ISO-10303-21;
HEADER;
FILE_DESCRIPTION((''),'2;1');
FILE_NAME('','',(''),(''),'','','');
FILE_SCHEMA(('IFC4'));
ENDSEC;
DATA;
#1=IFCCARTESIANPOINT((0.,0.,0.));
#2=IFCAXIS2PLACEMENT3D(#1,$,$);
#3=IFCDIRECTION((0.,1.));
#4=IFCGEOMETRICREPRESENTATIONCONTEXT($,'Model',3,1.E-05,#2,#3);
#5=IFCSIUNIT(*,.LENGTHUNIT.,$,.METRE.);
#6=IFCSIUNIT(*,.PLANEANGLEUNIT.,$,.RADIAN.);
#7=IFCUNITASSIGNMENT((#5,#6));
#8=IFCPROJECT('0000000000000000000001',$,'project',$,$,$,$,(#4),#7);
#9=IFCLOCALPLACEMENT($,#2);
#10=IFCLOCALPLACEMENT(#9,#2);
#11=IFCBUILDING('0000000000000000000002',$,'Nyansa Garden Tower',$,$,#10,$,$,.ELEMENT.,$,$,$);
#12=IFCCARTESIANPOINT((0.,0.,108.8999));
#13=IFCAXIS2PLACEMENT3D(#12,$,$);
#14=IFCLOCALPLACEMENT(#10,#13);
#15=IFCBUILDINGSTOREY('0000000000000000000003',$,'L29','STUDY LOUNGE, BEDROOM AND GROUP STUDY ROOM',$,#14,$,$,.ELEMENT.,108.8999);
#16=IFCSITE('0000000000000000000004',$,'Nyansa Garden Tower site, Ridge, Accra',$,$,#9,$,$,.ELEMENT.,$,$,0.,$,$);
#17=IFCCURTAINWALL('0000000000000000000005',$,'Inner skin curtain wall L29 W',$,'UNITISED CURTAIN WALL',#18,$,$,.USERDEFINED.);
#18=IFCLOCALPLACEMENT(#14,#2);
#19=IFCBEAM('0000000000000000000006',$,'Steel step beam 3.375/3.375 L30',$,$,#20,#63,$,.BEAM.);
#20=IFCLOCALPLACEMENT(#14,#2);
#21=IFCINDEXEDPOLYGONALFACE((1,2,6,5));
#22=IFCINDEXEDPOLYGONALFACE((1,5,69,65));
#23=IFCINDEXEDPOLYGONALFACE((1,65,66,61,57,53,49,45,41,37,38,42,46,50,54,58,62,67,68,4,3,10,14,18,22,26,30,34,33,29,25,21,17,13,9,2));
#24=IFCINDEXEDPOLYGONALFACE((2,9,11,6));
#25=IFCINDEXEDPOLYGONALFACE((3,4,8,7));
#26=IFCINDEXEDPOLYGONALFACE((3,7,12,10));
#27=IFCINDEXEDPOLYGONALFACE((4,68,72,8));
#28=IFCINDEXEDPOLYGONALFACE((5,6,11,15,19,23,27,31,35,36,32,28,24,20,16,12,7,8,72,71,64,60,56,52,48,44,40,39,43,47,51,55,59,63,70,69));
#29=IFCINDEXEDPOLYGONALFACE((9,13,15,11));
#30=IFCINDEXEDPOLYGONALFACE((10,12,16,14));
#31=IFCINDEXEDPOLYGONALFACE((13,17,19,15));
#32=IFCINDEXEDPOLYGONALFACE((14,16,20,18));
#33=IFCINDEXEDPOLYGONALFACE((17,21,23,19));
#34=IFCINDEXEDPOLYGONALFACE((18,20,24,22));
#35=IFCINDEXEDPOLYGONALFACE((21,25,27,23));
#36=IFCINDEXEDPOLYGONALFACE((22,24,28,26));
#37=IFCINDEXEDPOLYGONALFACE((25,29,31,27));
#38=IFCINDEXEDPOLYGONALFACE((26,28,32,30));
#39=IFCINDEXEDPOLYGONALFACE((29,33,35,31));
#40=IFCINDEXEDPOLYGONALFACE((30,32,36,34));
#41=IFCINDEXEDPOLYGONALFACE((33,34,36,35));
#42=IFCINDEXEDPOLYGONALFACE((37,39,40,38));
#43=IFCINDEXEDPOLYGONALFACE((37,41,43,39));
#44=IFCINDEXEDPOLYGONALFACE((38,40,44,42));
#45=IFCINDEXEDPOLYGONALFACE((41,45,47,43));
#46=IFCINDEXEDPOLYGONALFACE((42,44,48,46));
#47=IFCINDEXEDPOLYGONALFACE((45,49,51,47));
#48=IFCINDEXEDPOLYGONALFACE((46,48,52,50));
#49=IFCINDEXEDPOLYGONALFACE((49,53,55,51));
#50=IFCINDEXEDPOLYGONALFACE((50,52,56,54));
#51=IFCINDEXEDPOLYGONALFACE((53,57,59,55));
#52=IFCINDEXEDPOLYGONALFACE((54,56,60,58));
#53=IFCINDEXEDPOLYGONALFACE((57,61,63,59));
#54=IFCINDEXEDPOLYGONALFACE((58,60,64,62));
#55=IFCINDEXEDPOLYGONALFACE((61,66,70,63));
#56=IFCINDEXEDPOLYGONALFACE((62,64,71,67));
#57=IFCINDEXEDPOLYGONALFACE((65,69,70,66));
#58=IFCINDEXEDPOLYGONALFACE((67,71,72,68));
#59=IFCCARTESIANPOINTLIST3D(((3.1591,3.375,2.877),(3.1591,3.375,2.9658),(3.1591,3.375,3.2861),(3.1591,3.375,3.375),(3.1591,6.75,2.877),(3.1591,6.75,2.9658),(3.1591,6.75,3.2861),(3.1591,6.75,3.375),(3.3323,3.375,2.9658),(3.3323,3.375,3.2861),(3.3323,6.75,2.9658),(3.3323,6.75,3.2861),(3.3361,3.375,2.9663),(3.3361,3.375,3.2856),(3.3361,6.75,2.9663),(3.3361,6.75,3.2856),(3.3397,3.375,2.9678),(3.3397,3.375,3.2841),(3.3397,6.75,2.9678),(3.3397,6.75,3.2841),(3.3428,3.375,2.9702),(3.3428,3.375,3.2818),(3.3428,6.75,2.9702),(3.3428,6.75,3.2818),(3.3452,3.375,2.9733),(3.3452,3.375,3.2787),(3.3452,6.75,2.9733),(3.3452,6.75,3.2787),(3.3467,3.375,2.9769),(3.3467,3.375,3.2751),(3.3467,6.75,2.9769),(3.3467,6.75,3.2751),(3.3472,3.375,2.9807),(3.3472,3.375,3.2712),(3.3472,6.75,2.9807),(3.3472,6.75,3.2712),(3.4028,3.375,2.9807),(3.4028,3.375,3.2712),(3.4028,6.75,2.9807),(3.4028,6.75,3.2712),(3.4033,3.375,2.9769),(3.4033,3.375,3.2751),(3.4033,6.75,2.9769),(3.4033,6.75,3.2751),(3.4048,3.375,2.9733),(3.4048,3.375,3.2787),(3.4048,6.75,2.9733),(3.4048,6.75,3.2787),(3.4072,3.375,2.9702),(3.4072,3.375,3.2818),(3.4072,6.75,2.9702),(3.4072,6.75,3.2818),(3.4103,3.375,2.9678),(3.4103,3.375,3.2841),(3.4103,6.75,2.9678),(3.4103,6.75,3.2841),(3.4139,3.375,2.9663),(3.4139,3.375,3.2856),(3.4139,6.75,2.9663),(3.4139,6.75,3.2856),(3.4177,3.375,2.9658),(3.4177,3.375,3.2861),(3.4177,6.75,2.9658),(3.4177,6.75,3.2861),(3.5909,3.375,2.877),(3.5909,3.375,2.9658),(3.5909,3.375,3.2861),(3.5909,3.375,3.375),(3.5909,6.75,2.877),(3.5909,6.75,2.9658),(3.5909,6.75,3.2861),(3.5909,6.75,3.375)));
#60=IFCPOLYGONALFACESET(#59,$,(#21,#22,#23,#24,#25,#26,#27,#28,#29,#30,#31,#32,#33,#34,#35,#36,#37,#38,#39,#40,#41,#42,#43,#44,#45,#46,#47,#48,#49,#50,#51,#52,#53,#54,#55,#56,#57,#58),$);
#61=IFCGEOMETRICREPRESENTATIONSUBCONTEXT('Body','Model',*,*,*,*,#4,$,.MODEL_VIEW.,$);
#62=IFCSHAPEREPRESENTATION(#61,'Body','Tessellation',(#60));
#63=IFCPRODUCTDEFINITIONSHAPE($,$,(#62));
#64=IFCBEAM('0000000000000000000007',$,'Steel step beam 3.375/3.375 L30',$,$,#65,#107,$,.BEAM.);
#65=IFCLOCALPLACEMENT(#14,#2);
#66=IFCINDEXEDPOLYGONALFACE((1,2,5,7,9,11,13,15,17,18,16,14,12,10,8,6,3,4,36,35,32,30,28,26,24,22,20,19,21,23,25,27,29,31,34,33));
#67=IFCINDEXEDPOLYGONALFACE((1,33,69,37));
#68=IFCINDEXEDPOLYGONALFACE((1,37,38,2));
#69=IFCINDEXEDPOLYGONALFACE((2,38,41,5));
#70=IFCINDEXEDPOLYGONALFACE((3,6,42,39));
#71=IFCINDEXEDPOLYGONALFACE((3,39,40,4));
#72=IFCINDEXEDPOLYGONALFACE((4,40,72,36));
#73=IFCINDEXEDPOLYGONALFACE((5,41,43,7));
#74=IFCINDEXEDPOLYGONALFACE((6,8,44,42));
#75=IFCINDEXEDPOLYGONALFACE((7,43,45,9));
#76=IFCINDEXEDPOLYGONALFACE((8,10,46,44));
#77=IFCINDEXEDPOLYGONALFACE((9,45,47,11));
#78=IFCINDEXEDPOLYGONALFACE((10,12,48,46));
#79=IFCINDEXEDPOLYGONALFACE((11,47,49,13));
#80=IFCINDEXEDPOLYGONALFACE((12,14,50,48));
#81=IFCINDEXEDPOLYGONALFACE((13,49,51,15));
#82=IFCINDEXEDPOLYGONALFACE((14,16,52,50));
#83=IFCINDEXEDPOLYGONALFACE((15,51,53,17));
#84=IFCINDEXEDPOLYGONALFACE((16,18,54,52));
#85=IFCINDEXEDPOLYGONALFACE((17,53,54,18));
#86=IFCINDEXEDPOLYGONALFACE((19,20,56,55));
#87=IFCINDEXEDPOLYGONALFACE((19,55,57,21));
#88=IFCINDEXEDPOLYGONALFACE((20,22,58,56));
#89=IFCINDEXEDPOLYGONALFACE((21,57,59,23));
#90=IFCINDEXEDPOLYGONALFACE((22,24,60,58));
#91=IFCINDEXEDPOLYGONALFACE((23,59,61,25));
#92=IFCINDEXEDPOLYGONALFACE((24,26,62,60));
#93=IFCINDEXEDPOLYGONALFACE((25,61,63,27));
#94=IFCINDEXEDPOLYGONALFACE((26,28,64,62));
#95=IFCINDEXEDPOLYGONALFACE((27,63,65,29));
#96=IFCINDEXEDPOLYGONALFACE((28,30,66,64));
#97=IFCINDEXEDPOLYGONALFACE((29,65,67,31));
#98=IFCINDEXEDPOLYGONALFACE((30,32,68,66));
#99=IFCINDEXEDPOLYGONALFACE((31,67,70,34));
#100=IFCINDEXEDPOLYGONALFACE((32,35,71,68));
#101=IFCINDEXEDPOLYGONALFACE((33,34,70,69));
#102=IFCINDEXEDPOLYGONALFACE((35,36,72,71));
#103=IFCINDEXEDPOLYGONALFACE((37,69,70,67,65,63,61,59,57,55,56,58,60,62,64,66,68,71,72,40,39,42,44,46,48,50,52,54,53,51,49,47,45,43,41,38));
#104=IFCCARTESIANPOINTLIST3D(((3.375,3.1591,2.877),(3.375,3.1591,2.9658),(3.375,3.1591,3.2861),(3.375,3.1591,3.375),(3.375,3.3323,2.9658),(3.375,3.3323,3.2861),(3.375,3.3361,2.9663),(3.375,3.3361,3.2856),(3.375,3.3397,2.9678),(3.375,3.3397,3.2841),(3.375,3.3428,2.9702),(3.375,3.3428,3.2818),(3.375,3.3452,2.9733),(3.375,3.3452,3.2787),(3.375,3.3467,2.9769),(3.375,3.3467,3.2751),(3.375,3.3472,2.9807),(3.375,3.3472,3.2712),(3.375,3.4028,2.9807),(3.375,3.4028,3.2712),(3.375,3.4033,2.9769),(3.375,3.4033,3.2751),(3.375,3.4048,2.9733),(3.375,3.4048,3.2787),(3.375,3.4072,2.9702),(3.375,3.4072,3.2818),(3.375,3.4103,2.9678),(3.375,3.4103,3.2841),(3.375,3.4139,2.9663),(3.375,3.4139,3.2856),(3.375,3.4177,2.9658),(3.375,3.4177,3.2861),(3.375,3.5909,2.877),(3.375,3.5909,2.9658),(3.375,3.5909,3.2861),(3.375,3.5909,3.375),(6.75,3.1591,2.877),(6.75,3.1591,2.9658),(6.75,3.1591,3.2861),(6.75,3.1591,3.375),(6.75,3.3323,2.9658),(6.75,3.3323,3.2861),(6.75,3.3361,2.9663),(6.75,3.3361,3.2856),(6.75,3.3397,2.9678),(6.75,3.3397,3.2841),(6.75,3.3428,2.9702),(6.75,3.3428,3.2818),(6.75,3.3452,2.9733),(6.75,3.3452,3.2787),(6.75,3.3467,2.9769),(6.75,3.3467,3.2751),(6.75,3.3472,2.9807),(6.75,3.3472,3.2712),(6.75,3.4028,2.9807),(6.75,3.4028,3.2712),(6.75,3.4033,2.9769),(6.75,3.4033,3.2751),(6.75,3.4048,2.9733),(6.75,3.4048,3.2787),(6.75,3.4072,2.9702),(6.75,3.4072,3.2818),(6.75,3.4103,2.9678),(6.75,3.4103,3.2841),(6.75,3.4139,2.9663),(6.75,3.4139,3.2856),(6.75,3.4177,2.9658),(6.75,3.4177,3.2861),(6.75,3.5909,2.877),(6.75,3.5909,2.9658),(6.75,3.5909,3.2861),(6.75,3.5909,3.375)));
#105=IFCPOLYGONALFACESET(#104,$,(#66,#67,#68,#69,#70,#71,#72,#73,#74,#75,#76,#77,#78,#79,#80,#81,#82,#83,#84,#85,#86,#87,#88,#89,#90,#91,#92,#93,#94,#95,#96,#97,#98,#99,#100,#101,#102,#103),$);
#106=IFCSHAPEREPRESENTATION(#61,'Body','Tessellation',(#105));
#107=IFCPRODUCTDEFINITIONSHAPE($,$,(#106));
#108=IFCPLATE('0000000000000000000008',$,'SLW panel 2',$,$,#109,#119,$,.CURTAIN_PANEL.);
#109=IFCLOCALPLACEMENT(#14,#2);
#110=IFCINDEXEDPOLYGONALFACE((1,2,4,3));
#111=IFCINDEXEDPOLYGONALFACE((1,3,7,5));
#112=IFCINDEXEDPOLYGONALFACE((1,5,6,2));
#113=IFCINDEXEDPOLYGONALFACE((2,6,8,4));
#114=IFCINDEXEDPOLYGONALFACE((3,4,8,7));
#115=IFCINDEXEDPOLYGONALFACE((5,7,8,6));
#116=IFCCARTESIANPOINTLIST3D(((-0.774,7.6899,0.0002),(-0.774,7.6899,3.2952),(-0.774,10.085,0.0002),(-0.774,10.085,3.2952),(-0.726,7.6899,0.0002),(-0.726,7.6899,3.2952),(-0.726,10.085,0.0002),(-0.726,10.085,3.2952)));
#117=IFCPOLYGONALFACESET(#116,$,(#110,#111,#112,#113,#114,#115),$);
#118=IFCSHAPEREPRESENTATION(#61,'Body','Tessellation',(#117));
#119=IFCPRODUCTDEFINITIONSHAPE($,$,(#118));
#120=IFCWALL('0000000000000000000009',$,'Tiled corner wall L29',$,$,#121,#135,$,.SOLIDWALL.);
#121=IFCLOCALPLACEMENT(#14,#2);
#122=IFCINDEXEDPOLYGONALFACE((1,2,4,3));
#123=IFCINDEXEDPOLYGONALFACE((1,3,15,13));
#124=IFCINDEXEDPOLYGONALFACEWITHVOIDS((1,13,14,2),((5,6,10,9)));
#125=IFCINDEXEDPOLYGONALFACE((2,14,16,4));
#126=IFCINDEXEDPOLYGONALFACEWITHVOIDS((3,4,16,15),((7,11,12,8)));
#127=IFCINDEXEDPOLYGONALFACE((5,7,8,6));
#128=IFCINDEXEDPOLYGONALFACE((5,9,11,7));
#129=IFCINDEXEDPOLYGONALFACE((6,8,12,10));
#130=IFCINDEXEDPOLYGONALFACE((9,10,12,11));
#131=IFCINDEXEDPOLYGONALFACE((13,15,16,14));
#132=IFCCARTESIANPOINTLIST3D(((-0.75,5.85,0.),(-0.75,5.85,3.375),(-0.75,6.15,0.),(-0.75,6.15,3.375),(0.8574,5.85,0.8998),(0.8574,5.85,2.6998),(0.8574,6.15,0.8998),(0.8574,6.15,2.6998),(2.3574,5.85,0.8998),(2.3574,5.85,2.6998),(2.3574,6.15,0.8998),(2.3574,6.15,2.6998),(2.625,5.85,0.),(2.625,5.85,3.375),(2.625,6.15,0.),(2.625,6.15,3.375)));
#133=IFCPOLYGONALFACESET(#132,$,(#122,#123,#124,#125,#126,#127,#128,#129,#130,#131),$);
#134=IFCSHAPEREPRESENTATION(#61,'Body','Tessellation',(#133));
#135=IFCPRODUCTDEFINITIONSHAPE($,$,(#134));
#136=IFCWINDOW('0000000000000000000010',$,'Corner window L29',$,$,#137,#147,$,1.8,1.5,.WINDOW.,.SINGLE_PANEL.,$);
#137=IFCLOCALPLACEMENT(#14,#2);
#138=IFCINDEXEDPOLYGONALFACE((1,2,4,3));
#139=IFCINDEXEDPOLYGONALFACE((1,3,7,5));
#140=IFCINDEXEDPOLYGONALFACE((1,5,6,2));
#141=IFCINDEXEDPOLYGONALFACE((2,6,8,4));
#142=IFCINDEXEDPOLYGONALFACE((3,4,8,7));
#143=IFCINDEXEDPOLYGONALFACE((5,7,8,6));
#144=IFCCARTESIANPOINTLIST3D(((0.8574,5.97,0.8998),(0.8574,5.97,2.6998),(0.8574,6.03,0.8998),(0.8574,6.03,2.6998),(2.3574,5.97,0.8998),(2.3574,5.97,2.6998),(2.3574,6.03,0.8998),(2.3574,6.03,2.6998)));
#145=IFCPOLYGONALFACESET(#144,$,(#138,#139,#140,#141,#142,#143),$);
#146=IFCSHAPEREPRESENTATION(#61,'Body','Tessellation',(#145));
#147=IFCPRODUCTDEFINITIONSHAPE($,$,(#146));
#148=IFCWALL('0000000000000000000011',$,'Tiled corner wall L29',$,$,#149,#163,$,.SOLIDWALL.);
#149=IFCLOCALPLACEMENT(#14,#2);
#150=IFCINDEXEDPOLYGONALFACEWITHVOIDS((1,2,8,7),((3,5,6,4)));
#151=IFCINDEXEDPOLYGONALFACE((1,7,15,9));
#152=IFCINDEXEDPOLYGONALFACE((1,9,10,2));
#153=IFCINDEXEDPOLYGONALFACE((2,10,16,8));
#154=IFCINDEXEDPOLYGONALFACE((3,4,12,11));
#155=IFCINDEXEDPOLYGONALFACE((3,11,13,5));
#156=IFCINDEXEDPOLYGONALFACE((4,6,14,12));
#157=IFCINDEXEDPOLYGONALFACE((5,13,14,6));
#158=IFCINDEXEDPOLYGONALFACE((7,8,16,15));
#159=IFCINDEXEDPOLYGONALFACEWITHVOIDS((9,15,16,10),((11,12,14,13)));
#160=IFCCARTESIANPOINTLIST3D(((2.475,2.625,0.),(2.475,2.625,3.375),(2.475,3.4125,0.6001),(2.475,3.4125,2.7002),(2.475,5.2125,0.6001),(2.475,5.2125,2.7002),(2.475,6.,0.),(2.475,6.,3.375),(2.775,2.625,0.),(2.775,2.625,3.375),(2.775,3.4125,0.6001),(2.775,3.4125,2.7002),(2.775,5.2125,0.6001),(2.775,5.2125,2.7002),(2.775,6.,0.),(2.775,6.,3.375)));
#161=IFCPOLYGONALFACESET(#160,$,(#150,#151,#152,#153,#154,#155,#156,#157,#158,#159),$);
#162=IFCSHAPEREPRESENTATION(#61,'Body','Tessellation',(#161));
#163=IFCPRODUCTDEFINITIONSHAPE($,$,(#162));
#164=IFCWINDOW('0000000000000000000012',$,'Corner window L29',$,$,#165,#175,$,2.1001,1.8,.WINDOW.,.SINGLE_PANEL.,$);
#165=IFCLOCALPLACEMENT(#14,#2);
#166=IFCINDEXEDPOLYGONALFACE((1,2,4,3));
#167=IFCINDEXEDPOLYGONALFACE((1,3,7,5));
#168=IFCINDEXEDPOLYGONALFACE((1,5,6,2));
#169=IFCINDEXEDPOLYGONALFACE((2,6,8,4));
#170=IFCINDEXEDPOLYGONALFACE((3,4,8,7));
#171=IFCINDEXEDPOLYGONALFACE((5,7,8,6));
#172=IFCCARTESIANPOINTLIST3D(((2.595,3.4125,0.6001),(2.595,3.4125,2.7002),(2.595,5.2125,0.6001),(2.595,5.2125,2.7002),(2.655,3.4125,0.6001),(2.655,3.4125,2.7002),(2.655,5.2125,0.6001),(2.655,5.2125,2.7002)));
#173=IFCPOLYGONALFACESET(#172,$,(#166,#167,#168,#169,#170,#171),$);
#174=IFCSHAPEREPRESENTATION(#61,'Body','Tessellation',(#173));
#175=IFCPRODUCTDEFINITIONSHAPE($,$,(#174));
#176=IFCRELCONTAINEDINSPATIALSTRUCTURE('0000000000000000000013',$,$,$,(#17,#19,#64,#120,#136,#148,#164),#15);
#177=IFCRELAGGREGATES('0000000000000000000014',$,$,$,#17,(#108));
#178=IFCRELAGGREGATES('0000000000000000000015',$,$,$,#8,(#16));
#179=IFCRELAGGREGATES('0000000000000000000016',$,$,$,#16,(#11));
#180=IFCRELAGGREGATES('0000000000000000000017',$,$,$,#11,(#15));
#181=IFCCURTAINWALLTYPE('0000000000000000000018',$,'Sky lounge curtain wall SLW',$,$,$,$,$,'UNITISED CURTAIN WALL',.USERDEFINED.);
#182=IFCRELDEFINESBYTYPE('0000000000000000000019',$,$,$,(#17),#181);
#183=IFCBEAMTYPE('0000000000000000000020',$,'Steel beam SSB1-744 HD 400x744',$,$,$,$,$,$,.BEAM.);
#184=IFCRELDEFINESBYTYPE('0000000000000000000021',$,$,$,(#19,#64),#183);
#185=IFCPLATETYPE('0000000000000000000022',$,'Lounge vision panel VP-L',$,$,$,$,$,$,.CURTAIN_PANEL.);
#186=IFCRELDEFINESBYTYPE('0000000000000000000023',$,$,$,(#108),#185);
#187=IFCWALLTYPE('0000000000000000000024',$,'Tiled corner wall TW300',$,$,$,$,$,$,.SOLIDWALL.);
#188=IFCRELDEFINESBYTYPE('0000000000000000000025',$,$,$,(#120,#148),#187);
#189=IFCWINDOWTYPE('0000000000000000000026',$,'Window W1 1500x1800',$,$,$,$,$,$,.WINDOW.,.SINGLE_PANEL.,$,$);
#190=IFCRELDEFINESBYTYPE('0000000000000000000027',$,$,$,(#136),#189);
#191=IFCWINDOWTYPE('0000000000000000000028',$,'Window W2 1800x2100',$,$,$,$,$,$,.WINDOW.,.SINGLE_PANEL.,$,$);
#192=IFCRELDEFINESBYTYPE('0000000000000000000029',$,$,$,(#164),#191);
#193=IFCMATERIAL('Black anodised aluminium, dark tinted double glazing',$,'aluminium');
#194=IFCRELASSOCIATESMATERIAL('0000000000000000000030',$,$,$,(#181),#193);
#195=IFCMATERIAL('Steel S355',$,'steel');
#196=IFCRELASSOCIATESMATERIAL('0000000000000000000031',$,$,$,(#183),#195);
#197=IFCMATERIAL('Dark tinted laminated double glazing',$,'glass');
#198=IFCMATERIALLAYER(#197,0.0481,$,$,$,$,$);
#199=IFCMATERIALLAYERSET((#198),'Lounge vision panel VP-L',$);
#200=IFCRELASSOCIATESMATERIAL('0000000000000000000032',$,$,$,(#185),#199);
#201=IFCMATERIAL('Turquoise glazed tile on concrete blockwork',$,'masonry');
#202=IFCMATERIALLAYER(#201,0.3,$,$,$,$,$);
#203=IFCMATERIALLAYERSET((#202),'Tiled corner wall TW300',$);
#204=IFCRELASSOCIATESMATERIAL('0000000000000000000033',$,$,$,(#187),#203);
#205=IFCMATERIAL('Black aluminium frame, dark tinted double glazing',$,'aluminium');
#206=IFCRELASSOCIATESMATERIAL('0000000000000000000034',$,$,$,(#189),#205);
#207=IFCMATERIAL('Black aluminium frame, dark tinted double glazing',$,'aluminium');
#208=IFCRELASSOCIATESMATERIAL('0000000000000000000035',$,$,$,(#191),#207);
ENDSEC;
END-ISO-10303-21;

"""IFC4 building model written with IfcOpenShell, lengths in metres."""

from ifc_helpers import new_model, si_unit, direction, frame, frame_2d, origin, origin_2d, place, context, subcontext, project, spatial, rectangle, i_section, extrude, material, layer, layer_set, material_profile, profile_set, type_object, element, fill, aggregate, save


model = new_model("IFC4")

# Units and contexts
model_context = context("Model", 3, precision=1e-05, world=origin(), true_north=direction((0.0, 1.0)))
body_context = subcontext(model_context, "Body", "Model", "MODEL_VIEW")
ifc_project = project(units=[si_unit("LENGTHUNIT", "METRE"), si_unit("PLANEANGLEUNIT", "RADIAN")], contexts=[model_context])

# Site, building, storey
site_placement = place(None, origin())
site = spatial("IfcSite", under=ifc_project, at=site_placement, Name="Nyansa Garden Tower site, Ridge, Accra", CompositionType="ELEMENT", RefElevation=0.0)
building_placement = place(site_placement, origin())
building = spatial("IfcBuilding", under=site, at=building_placement, Name="Nyansa Garden Tower", CompositionType="ELEMENT")
storey_placement = place(building_placement, frame((0.0, 0.0, 108.8999)))
storey = spatial("IfcBuildingStorey", under=building, at=storey_placement, Name="L29", Description="STUDY LOUNGE, BEDROOM AND GROUP STUDY ROOM", CompositionType="ELEMENT", Elevation=108.8999)

# Curtain wall
ifc_material_1 = material(Name="Black anodised aluminium, dark tinted double glazing", Category="aluminium")
curtain_wall_type = type_object("IfcCurtainWallType", Name="Sky lounge curtain wall SLW", ElementType="UNITISED CURTAIN WALL", PredefinedType="USERDEFINED", material=ifc_material_1)
curtain_wall_placement = place(storey_placement, origin())
curtain_wall = element("IfcCurtainWall", 1, at=curtain_wall_placement, inside=storey, type_object=curtain_wall_type, Name="Inner skin curtain wall L29 W", ObjectType="UNITISED CURTAIN WALL", PredefinedType="USERDEFINED")

# Beams
ifc_material_2 = material(Name="Steel S355", Category="steel")
ifc_material_profile_1 = material_profile(ifc_material_2, i_section(OverallWidth=0.4319, OverallDepth=0.498, WebThickness=0.0557, FlangeThickness=0.0889, FilletRadius=0.0149, at=origin_2d()), Name="HD 400x744")
ifc_profile_set_1 = profile_set([ifc_material_profile_1], Name="Steel S355")
beam_type_1 = type_object("IfcBeamType", Name="Steel beam SSB1-744 HD 400x744", PredefinedType="BEAM", material=ifc_profile_set_1)
for number, where, z_axis, x_axis, name in (
    (2, (3.375, 3.375, 3.126), (0.0, 1.0, 0.0), (-1.0, 0.0, 0.0), "Steel step beam 3.375/3.375 L30"),
    (3, (3.375, 3.375, 3.126), (1.0, 0.0, 0.0), (0.0, 1.0, 0.0), "Steel step beam 3.375/3.375 L30"),
):
    element("IfcBeam", number, at=place(storey_placement, frame(where, z_axis=z_axis, x_axis=x_axis)), inside=storey, type_object=beam_type_1, Name=name, PredefinedType="BEAM", context=body_context, shape_type="SweptSolid", body=[
        extrude(i_section(OverallWidth=0.4319, OverallDepth=0.498, WebThickness=0.0557, FlangeThickness=0.0889, FilletRadius=0.0149, at=origin_2d()), origin(), (0.0, 0.0, 1.0), 3.375),
    ])

# Plate
ifc_material_3 = material(Name="Dark tinted laminated double glazing", Category="glass")
ifc_layer_1 = layer(ifc_material_3, 0.0481)
ifc_layer_set_1 = layer_set([ifc_layer_1], Name="Lounge vision panel VP-L")
plate_type = type_object("IfcPlateType", Name="Lounge vision panel VP-L", PredefinedType="CURTAIN_PANEL", material=ifc_layer_set_1)
plate_placement = place(storey_placement, frame((-0.75, 8.8875, 0.0002), z_axis=(0.0, 0.0, 1.0), x_axis=(0.0, -1.0, 0.0)))
plate = element("IfcPlate", 4, at=plate_placement, type_object=plate_type, Name="SLW panel 2", PredefinedType="CURTAIN_PANEL", context=body_context, shape_type="SweptSolid", body=[
    extrude(rectangle(XDim=2.395, YDim=0.0481, at=origin_2d()), origin(), (0.0, 0.0, 1.0), 3.2949),
])
aggregate(curtain_wall, [plate])

# Walls, openings, windows
ifc_material_4 = material(Name="Turquoise glazed tile on concrete blockwork", Category="masonry")
ifc_layer_2 = layer(ifc_material_4, 0.3)
ifc_layer_set_2 = layer_set([ifc_layer_2], Name="Tiled corner wall TW300")
wall_type = type_object("IfcWallType", Name="Tiled corner wall TW300", PredefinedType="SOLIDWALL", material=ifc_layer_set_2)
wall_1_placement = place(storey_placement, frame((-0.75, 6.0, 0.0), z_axis=(0.0, 0.0, 1.0), x_axis=(1.0, 0.0, 0.0)))
wall_1 = element("IfcWall", 5, at=wall_1_placement, inside=storey, type_object=wall_type, Name="Tiled corner wall L29", PredefinedType="SOLIDWALL", context=body_context, shape_type="SweptSolid", body=[
    extrude(rectangle(XDim=3.375, YDim=0.3, at=frame_2d((1.6875, 0.0))), origin(), (0.0, 0.0, 1.0), 3.375),
])
opening_1_placement = place(wall_1_placement, frame((1.6074, 0.0, 0.8999)))
opening_1 = element("IfcOpeningElement", 6, at=opening_1_placement, cuts=wall_1, PredefinedType="OPENING", context=body_context, shape_type="SweptSolid", body=[
    extrude(rectangle(XDim=1.5, YDim=1.8, at=frame_2d((0.75, 0.8999))), frame((0.0, 0.1599, 0.0), z_axis=(0.0, -1.0, 0.0), x_axis=(1.0, 0.0, 0.0)), (0.0, 0.0, 1.0), 0.3201),
])
ifc_material_5 = material(Name="Black aluminium frame, dark tinted double glazing", Category="aluminium")
window_type_1 = type_object("IfcWindowType", Name="Window W1 1500x1800", PartitioningType="SINGLE_PANEL", PredefinedType="WINDOW", material=ifc_material_5)
window_1_placement = place(opening_1_placement, origin())
window_1 = element("IfcWindow", 7, at=window_1_placement, inside=storey, type_object=window_type_1, Name="Corner window L29", OverallHeight=1.8, OverallWidth=1.5, PartitioningType="SINGLE_PANEL", PredefinedType="WINDOW", context=body_context, shape_type="SweptSolid", body=[
    extrude(rectangle(XDim=1.5, YDim=1.8, at=frame_2d((0.75, 0.8999))), frame((0.0, 0.03, 0.0), z_axis=(0.0, -1.0, 0.0), x_axis=(1.0, 0.0, 0.0)), (0.0, 0.0, 1.0), 0.0601),
])
fill(opening_1, window_1)
wall_2_placement = place(storey_placement, frame((2.625, 6.0, 0.0), z_axis=(0.0, 0.0, 1.0), x_axis=(0.0, -1.0, 0.0)))
wall_2 = element("IfcWall", 8, at=wall_2_placement, inside=storey, type_object=wall_type, Name="Tiled corner wall L29", PredefinedType="SOLIDWALL", context=body_context, shape_type="SweptSolid", body=[
    extrude(rectangle(XDim=3.375, YDim=0.3, at=frame_2d((1.6875, 0.0))), origin(), (0.0, 0.0, 1.0), 3.375),
])
opening_2_placement = place(wall_2_placement, frame((0.7876, 0.0, 0.6001)))
opening_2 = element("IfcOpeningElement", 9, at=opening_2_placement, cuts=wall_2, PredefinedType="OPENING", context=body_context, shape_type="SweptSolid", body=[
    extrude(rectangle(XDim=1.8, YDim=2.1001, at=frame_2d((0.8999, 1.05))), frame((0.0, 0.1599, 0.0), z_axis=(0.0, -1.0, 0.0), x_axis=(1.0, 0.0, 0.0)), (0.0, 0.0, 1.0), 0.3201),
])
ifc_material_6 = material(Name="Black aluminium frame, dark tinted double glazing", Category="aluminium")
window_type_2 = type_object("IfcWindowType", Name="Window W2 1800x2100", PartitioningType="SINGLE_PANEL", PredefinedType="WINDOW", material=ifc_material_6)
window_2_placement = place(opening_2_placement, origin())
window_2 = element("IfcWindow", 10, at=window_2_placement, inside=storey, type_object=window_type_2, Name="Corner window L29", OverallHeight=2.1001, OverallWidth=1.8, PartitioningType="SINGLE_PANEL", PredefinedType="WINDOW", context=body_context, shape_type="SweptSolid", body=[
    extrude(rectangle(XDim=1.8, YDim=2.1001, at=frame_2d((0.8999, 1.05))), frame((0.0, 0.03, 0.0), z_axis=(0.0, -1.0, 0.0), x_axis=(1.0, 0.0, 0.0)), (0.0, 0.0, 1.0), 0.0601),
])
fill(opening_2, window_2)

save(model, "model.ifc")
